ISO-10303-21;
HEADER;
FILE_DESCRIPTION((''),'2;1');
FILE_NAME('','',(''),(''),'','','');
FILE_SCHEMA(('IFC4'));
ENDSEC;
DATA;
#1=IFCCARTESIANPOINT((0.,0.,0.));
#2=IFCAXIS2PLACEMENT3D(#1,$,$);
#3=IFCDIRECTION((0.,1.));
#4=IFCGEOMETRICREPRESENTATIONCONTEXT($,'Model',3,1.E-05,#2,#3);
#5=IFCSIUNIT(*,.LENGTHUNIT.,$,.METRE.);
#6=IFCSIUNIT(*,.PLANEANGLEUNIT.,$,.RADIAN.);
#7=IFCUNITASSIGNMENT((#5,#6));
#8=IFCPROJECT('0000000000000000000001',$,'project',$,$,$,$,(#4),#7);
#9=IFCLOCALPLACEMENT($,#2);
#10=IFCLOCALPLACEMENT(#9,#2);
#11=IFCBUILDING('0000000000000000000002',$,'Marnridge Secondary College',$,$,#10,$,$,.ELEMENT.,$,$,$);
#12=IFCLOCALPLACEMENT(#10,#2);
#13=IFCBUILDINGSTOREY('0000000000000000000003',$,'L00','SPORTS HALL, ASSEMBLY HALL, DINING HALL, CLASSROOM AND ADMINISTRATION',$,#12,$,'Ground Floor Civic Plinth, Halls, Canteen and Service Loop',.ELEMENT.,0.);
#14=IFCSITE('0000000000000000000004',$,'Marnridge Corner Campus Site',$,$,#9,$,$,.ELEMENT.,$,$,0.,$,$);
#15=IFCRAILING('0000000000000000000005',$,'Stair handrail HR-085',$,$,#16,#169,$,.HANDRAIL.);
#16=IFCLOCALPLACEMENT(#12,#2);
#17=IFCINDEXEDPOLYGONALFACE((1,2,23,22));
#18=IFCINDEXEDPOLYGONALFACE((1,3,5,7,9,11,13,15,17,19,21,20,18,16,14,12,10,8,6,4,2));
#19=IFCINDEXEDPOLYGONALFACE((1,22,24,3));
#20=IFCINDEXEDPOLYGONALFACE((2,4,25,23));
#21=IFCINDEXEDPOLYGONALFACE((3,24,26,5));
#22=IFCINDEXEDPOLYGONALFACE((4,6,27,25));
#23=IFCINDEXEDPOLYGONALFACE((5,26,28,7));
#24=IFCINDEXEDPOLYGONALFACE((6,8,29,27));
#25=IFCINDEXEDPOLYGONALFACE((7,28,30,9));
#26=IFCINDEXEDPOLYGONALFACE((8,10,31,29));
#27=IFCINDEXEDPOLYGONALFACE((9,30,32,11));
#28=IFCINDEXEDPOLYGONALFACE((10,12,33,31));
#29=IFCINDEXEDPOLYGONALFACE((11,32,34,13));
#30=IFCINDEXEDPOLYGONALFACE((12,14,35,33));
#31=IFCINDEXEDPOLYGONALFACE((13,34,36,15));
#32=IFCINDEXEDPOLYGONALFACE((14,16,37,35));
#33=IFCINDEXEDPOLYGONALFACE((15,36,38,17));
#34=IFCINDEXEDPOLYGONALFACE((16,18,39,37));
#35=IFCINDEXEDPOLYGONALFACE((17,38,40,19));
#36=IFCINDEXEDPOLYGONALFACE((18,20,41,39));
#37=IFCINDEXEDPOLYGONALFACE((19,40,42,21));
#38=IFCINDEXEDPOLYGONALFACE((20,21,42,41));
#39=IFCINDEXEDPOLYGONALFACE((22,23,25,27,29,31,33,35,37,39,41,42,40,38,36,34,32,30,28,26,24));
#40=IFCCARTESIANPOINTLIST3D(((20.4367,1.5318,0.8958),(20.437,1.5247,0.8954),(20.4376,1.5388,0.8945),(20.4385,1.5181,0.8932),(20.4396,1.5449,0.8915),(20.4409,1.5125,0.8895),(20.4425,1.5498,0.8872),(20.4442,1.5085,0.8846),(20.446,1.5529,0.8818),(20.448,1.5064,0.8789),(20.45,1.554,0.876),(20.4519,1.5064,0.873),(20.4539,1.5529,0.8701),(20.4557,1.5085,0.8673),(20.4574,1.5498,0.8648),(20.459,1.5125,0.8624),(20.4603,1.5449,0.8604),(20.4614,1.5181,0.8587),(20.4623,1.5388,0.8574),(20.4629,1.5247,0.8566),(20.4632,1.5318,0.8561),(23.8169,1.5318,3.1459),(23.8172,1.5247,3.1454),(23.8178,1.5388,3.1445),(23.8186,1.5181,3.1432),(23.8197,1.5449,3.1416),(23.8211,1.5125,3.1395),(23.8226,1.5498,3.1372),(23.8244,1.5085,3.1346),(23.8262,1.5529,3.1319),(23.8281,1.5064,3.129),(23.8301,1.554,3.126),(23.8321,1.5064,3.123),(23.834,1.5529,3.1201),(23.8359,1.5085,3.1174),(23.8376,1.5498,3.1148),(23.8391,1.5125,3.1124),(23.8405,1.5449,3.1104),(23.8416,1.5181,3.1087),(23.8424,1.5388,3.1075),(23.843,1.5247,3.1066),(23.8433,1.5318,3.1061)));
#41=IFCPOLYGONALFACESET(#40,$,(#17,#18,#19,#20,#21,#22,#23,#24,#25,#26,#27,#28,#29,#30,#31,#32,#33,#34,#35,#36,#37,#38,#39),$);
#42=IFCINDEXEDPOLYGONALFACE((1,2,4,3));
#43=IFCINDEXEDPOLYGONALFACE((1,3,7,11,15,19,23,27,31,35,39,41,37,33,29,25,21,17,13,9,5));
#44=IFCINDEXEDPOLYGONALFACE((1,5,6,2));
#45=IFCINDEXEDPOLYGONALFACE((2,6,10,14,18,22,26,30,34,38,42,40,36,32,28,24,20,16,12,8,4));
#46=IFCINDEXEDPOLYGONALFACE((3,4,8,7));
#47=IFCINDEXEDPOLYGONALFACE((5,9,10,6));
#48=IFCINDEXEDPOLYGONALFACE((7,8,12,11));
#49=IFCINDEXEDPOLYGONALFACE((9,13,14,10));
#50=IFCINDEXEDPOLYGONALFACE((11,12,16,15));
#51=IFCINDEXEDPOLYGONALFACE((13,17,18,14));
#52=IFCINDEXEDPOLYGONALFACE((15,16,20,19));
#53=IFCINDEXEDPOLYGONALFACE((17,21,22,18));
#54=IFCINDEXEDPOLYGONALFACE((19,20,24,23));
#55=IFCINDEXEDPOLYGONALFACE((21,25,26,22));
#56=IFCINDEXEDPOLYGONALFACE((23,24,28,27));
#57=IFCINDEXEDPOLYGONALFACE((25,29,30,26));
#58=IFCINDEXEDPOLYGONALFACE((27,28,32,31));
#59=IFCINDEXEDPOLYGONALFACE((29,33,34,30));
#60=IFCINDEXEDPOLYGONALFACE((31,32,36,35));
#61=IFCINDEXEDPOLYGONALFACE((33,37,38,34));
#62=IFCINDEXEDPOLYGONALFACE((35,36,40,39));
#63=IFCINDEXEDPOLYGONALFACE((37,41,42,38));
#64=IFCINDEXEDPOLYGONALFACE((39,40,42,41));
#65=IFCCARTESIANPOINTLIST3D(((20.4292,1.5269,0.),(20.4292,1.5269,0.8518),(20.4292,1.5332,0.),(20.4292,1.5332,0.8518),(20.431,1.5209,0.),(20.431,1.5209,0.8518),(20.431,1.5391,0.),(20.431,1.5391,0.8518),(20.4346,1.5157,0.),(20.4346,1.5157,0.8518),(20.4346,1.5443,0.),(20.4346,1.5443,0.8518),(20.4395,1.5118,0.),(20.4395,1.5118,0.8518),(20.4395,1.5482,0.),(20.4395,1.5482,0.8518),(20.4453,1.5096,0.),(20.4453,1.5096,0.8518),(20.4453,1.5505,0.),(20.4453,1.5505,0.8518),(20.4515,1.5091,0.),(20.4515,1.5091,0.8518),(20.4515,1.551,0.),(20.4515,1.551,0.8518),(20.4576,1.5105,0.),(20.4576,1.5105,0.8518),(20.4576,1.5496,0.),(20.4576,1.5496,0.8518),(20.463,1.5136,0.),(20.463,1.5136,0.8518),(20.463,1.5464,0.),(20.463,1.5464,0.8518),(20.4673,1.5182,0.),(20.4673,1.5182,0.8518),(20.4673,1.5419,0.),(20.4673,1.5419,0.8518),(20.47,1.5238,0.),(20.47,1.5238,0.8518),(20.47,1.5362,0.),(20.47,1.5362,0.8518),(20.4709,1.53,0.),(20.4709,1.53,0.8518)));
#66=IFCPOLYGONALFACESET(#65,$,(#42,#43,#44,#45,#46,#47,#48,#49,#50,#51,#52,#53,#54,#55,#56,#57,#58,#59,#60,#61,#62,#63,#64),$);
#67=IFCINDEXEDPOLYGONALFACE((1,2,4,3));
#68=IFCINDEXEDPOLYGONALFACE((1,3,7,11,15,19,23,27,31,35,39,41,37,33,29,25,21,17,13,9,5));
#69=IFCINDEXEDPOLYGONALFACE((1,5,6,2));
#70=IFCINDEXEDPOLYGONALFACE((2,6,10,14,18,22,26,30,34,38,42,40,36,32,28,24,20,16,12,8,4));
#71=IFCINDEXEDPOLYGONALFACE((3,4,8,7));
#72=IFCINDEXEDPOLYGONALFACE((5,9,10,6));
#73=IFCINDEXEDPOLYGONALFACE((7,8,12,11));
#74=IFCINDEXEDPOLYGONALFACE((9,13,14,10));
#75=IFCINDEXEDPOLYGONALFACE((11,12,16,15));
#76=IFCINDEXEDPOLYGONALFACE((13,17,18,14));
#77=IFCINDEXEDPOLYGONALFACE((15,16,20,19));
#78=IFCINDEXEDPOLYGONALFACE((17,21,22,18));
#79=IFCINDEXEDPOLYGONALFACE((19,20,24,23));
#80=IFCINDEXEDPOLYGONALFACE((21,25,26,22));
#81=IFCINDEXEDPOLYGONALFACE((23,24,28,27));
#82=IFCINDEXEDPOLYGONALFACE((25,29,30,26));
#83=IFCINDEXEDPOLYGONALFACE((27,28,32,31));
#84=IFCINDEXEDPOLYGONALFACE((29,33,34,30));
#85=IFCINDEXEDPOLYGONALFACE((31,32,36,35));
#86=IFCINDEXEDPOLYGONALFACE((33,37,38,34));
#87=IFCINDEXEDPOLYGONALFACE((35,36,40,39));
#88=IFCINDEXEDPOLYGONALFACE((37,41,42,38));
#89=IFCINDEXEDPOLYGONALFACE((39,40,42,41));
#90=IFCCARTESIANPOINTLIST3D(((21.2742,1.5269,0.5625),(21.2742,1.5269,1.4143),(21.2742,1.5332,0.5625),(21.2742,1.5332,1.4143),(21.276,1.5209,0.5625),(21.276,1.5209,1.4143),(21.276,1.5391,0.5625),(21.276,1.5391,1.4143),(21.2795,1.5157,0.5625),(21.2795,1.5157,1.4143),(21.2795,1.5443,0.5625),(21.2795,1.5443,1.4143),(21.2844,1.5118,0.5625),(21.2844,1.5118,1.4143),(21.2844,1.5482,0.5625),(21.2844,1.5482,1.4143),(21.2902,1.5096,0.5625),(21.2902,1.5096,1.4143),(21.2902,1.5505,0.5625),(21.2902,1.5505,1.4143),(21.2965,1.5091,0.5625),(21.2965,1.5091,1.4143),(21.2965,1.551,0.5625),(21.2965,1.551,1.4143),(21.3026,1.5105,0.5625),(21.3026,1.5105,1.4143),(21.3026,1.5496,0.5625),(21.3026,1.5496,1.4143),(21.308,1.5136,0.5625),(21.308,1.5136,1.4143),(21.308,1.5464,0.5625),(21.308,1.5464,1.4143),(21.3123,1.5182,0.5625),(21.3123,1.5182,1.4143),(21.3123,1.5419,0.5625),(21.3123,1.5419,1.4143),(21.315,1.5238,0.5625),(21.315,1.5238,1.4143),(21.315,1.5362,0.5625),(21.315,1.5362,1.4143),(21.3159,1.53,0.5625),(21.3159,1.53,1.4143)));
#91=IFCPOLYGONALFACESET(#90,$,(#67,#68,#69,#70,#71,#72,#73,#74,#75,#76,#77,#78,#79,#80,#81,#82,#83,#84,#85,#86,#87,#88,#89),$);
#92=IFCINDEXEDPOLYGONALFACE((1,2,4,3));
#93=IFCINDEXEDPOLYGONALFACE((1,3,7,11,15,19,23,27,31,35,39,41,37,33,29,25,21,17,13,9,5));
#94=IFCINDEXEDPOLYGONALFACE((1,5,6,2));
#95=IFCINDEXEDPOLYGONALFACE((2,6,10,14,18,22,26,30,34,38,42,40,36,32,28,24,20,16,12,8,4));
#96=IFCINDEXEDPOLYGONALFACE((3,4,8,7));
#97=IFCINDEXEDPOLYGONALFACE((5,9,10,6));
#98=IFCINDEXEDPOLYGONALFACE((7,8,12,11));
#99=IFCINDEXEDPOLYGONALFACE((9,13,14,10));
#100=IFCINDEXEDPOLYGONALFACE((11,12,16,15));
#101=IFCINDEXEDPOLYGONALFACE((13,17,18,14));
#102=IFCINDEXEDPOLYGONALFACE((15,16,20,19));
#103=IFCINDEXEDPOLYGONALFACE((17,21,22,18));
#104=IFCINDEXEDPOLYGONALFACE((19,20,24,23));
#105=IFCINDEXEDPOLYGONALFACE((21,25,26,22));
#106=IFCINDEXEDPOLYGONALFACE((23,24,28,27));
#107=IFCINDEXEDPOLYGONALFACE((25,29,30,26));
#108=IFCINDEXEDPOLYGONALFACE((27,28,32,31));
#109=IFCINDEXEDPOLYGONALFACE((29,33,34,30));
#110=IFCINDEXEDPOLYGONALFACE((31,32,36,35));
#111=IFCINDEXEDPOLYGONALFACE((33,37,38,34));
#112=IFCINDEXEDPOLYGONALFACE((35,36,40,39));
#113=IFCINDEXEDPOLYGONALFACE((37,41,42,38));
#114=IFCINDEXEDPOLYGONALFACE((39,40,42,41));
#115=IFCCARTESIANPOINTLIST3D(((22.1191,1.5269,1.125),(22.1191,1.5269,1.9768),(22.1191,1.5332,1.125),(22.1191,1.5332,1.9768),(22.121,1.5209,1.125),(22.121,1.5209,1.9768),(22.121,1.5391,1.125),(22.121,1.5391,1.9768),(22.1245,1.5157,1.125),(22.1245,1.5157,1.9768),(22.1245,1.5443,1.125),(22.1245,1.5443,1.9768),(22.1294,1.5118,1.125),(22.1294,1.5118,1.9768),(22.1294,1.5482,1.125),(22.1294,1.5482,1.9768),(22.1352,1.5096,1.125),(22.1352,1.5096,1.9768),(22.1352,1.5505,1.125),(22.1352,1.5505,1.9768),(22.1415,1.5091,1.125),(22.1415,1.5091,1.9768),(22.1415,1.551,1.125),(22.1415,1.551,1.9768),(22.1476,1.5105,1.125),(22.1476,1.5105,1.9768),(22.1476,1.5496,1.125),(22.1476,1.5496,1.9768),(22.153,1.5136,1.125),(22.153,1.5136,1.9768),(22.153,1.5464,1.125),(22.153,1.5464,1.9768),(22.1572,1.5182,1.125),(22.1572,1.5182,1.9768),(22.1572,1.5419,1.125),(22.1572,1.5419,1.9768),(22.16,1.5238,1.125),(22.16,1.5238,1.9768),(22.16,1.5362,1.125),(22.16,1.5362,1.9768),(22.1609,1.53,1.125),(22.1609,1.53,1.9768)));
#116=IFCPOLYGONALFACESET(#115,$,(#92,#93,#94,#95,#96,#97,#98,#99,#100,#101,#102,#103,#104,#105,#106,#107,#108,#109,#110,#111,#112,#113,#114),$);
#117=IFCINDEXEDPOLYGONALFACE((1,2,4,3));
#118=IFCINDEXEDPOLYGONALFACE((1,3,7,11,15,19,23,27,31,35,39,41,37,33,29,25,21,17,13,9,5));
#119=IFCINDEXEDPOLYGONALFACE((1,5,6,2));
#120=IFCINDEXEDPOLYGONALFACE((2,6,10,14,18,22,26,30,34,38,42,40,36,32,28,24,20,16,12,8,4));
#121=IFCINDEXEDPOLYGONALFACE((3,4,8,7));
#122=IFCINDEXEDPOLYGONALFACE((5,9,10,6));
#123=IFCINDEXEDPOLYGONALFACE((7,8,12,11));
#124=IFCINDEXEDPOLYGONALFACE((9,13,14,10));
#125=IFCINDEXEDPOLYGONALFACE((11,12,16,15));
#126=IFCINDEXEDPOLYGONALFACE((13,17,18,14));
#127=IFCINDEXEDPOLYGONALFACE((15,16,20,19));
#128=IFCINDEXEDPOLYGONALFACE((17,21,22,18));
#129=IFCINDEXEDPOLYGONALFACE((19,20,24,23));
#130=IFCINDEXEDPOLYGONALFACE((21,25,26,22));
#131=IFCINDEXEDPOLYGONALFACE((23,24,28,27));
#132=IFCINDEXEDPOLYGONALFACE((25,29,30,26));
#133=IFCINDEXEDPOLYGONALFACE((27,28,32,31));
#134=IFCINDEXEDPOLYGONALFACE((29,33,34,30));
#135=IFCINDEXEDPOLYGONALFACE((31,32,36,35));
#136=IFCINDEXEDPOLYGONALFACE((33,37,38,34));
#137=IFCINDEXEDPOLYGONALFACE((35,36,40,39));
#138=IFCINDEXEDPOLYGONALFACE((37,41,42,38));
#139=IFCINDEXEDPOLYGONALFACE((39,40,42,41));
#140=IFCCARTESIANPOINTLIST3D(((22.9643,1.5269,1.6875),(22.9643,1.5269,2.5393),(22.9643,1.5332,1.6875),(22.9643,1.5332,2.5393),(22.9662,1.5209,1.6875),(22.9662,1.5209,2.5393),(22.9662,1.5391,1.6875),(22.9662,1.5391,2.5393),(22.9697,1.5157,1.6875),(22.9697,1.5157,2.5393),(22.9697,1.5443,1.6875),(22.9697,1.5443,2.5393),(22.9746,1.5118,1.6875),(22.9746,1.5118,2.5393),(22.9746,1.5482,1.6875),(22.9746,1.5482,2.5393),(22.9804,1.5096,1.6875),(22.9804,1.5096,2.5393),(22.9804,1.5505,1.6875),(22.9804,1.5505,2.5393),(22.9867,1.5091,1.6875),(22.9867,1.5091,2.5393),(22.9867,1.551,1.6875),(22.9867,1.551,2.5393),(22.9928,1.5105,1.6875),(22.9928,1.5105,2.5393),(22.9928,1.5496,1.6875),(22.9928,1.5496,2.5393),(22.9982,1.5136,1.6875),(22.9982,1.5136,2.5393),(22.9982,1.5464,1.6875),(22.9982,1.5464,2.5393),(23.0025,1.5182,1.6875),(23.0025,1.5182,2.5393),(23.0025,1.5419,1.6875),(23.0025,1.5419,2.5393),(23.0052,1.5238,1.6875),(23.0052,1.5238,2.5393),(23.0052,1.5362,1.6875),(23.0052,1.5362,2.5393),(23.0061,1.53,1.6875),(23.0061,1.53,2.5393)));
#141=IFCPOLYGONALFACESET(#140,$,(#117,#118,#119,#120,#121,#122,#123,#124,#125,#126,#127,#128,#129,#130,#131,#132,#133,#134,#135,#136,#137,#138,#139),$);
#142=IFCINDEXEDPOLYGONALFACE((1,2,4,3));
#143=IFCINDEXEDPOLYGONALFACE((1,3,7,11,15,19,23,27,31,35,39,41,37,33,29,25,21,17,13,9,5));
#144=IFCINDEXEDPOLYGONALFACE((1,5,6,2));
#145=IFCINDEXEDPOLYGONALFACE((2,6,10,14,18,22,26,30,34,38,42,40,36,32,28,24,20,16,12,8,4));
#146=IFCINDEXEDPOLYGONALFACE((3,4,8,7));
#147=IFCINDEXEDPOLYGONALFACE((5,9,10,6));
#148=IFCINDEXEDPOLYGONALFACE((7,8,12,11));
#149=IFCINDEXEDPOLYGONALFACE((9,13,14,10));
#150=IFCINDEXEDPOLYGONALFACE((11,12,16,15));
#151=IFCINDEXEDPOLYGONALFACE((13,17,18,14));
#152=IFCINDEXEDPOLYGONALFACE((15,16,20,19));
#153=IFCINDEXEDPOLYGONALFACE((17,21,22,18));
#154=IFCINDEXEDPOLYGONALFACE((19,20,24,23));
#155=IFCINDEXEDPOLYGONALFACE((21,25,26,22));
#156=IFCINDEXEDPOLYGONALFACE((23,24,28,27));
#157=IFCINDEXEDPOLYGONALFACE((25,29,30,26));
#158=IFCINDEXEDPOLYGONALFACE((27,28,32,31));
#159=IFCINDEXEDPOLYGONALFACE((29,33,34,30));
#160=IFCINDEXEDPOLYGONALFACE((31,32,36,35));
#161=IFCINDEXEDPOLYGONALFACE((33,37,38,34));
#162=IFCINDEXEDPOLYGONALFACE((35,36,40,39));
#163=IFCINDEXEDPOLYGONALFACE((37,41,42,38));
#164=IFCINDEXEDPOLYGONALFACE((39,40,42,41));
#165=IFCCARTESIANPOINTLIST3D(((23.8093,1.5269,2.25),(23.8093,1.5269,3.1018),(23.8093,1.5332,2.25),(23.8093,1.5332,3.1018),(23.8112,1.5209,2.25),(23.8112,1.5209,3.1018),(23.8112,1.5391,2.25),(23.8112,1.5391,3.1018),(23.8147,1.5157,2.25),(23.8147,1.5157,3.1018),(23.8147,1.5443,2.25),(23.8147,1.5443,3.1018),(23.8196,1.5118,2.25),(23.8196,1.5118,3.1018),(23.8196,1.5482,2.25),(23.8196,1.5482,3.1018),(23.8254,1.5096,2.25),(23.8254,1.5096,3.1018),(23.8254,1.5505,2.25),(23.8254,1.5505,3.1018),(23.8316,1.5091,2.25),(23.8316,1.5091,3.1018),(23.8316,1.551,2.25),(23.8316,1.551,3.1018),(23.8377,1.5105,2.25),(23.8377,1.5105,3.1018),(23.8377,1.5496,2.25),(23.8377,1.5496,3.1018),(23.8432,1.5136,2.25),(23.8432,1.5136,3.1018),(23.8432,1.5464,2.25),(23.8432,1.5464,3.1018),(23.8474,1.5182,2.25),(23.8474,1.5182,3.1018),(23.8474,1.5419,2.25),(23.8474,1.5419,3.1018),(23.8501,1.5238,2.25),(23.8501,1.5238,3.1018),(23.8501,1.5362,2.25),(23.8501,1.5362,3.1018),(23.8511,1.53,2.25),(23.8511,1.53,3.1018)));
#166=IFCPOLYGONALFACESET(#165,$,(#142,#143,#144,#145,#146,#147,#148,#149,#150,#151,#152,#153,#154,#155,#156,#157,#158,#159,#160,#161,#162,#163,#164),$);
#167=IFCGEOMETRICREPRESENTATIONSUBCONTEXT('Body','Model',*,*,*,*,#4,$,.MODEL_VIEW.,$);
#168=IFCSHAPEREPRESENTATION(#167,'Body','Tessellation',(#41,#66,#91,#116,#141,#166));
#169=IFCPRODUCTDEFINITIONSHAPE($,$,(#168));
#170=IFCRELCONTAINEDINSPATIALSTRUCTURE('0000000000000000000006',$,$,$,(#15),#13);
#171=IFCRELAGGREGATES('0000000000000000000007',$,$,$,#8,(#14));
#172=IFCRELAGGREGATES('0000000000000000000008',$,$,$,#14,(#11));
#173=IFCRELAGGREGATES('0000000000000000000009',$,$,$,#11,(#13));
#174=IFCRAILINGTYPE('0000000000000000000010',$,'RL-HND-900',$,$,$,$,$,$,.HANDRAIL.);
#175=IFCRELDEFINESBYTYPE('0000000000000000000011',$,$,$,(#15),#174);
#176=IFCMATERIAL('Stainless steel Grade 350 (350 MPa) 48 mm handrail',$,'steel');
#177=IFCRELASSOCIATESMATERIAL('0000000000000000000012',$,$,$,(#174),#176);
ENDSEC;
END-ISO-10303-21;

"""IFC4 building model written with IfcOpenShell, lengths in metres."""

from ifc_helpers import new_model, si_unit, direction, frame, origin, origin_2d, place, context, subcontext, project, spatial, circle, extrude, material, type_object, element, save


model = new_model("IFC4")

# Units and contexts
model_context = context("Model", 3, precision=1e-05, world=origin(), true_north=direction((0.0, 1.0)))
body_context = subcontext(model_context, "Body", "Model", "MODEL_VIEW")
ifc_project = project(units=[si_unit("LENGTHUNIT", "METRE"), si_unit("PLANEANGLEUNIT", "RADIAN")], contexts=[model_context])

# Site, building, storey
site_placement = place(None, origin())
site = spatial("IfcSite", under=ifc_project, at=site_placement, Name="Marnridge Corner Campus Site", CompositionType="ELEMENT", RefElevation=0.0)
building_placement = place(site_placement, origin())
building = spatial("IfcBuilding", under=site, at=building_placement, Name="Marnridge Secondary College", CompositionType="ELEMENT")
storey_placement = place(building_placement, origin())
storey = spatial("IfcBuildingStorey", under=building, at=storey_placement, Name="L00", Description="SPORTS HALL, ASSEMBLY HALL, DINING HALL, CLASSROOM AND ADMINISTRATION", LongName="Ground Floor Civic Plinth, Halls, Canteen and Service Loop", CompositionType="ELEMENT", Elevation=0.0)

# Railing
ifc_material_1 = material(Name="Stainless steel Grade 350 (350 MPa) 48 mm handrail", Category="steel")
railing_type_1 = type_object("IfcRailingType", Name="RL-HND-900", PredefinedType="HANDRAIL", material=ifc_material_1)
for number, where, name in (
    (1, (20.45, 1.53, 0.0), "Stair handrail HR-085"),
):
    element("IfcRailing", number, at=place(storey_placement, frame(where)), inside=storey, type_object=railing_type_1, Name=name, PredefinedType="HANDRAIL", context=body_context, shape_type="SweptSolid", body=[
        extrude(circle(Radius=0.0239, at=origin_2d()), frame((0.0, 0.0, 0.876), z_axis=(0.832439, 0.0, 0.554117), x_axis=(0.0, 1.0, 0.0)), (0.0, 0.0, 1.0), 4.0605),
        extrude(circle(Radius=0.021, at=origin_2d()), origin(), (0.0, 0.0, 1.0), 0.8518),
        extrude(circle(Radius=0.021, at=origin_2d()), frame((0.845, 0.0, 0.5625)), (0.0, 0.0, 1.0), 0.8518),
        extrude(circle(Radius=0.021, at=origin_2d()), frame((1.6899, 0.0, 1.125)), (0.0, 0.0, 1.0), 0.8518),
        extrude(circle(Radius=0.021, at=origin_2d()), frame((2.5352, 0.0, 1.6875)), (0.0, 0.0, 1.0), 0.8518),
        extrude(circle(Radius=0.021, at=origin_2d()), frame((3.3801, 0.0, 2.25)), (0.0, 0.0, 1.0), 0.8518),
    ])

save(model, "model.ifc")
